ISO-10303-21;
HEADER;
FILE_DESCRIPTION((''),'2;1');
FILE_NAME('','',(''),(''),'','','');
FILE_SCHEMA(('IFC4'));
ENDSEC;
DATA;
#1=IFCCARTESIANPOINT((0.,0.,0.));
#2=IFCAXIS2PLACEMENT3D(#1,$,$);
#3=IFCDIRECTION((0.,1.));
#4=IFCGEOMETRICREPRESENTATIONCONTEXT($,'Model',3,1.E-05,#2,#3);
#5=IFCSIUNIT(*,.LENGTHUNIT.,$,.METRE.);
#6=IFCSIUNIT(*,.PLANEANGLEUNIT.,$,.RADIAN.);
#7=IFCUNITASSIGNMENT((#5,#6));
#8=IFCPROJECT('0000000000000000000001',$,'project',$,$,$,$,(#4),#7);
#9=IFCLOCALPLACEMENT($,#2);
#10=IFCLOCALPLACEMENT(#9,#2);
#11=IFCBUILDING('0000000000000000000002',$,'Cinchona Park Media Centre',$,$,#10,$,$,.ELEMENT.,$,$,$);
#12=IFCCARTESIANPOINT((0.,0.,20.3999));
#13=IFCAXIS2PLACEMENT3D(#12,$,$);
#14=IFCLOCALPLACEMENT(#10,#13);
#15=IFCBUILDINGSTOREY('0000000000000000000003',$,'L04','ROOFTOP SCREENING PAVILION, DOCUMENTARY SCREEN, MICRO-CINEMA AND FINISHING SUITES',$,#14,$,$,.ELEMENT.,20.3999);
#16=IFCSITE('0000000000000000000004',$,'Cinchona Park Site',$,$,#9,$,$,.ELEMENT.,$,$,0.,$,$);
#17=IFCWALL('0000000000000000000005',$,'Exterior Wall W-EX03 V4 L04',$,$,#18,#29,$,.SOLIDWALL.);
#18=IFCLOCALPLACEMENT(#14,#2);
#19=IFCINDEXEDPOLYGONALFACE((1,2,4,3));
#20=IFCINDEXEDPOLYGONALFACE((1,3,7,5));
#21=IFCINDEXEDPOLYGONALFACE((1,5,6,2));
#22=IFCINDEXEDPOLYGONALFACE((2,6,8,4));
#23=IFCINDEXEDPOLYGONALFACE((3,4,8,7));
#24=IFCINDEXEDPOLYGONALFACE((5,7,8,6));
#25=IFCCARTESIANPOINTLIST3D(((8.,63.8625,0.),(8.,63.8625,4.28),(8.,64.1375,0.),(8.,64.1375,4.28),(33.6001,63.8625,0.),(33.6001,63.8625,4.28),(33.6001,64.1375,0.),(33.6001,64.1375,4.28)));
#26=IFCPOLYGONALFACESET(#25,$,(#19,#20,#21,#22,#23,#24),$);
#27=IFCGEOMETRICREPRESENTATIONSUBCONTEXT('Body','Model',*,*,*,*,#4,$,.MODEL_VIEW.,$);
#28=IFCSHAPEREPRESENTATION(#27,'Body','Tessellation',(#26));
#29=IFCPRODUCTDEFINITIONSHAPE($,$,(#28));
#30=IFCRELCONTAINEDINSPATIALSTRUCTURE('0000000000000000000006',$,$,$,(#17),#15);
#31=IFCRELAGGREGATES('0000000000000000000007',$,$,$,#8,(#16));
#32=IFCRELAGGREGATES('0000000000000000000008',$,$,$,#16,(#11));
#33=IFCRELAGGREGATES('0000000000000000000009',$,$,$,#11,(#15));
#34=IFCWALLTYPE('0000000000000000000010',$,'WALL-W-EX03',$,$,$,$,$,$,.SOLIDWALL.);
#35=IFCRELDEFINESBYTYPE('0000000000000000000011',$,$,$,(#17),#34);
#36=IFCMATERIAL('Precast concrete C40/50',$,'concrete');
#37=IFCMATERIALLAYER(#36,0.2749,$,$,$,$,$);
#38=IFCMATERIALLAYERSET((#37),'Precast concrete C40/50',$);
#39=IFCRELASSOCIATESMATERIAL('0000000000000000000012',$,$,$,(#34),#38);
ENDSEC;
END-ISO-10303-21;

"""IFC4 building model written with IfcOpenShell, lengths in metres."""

from ifc_helpers import new_model, si_unit, direction, frame, frame_2d, origin, place, context, subcontext, project, spatial, rectangle, extrude, material, layer, layer_set, type_object, element, save


model = new_model("IFC4")

# Units and contexts
model_context = context("Model", 3, precision=1e-05, world=origin(), true_north=direction((0.0, 1.0)))
body_context = subcontext(model_context, "Body", "Model", "MODEL_VIEW")
ifc_project = project(units=[si_unit("LENGTHUNIT", "METRE"), si_unit("PLANEANGLEUNIT", "RADIAN")], contexts=[model_context])

# Site, building, storey
site_placement = place(None, origin())
site = spatial("IfcSite", under=ifc_project, at=site_placement, Name="Cinchona Park Site", CompositionType="ELEMENT", RefElevation=0.0)
building_placement = place(site_placement, origin())
building = spatial("IfcBuilding", under=site, at=building_placement, Name="Cinchona Park Media Centre", CompositionType="ELEMENT")
storey_placement = place(building_placement, frame((0.0, 0.0, 20.3999)))
storey = spatial("IfcBuildingStorey", under=building, at=storey_placement, Name="L04", Description="ROOFTOP SCREENING PAVILION, DOCUMENTARY SCREEN, MICRO-CINEMA AND FINISHING SUITES", CompositionType="ELEMENT", Elevation=20.3999)

# Wall
ifc_material_1 = material(Name="Precast concrete C40/50", Category="concrete")
ifc_layer_1 = layer(ifc_material_1, 0.2749)
ifc_layer_set_1 = layer_set([ifc_layer_1], Name="Precast concrete C40/50")
wall_type = type_object("IfcWallType", Name="WALL-W-EX03", PredefinedType="SOLIDWALL", material=ifc_layer_set_1)
wall_placement = place(storey_placement, frame((33.6001, 64.0, 0.0), z_axis=(0.0, 0.0, 1.0), x_axis=(-1.0, 0.0, 0.0)))
element("IfcWall", 1, at=wall_placement, inside=storey, type_object=wall_type, Name="Exterior Wall W-EX03 V4 L04", PredefinedType="SOLIDWALL", context=body_context, shape_type="SweptSolid", body=[
    extrude(rectangle(XDim=25.6001, YDim=0.2749, at=frame_2d((12.8, 0.0))), origin(), (0.0, 0.0, 1.0), 4.28),
])

save(model, "model.ifc")
